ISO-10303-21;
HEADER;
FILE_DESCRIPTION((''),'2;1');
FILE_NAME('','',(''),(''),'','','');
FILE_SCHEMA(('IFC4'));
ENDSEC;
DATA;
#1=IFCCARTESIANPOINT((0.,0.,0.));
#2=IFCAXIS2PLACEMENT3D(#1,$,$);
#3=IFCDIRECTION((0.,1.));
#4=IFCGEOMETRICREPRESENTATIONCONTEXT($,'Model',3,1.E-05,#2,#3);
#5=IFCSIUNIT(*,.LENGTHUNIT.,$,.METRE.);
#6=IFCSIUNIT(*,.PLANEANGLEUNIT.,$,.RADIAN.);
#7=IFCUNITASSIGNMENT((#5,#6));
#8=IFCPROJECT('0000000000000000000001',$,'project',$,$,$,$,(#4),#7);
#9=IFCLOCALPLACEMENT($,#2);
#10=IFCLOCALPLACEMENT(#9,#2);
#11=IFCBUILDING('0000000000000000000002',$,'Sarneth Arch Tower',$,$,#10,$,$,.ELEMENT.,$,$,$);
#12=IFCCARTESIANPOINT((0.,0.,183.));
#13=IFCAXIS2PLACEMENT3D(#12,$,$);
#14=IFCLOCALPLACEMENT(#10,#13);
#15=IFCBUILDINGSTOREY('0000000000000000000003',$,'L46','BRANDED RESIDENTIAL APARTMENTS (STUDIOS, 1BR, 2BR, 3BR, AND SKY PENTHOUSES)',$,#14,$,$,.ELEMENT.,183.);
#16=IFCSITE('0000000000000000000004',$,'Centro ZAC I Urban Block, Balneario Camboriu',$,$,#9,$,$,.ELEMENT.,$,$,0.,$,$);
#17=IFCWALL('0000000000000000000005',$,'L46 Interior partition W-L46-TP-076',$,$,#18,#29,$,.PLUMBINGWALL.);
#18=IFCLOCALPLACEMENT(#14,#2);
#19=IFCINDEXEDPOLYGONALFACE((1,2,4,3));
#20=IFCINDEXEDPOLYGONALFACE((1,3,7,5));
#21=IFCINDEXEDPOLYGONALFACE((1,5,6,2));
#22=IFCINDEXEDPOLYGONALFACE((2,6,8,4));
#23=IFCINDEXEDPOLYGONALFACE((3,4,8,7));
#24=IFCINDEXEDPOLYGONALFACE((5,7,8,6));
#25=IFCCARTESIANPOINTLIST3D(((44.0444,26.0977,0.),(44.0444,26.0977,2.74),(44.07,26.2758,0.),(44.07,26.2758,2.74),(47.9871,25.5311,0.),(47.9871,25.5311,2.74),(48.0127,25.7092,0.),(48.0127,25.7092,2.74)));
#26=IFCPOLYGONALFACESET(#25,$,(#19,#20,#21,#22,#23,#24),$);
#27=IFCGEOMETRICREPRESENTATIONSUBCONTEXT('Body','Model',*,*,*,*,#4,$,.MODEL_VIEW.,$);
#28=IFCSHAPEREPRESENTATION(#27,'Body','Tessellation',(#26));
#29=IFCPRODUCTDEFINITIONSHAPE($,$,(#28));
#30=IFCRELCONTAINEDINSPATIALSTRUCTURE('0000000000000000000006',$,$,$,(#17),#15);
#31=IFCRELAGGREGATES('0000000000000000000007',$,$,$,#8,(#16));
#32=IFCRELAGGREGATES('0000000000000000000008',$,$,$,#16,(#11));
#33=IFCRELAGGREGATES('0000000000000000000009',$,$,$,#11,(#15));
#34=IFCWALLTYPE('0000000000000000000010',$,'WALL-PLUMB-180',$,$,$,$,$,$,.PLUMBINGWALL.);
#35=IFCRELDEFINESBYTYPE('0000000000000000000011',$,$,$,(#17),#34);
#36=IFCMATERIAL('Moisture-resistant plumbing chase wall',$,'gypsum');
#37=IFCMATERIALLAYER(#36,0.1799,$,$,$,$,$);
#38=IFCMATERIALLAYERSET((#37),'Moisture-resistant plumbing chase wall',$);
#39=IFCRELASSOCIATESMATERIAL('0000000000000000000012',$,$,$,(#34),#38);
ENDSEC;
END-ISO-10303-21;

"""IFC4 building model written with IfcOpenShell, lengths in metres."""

from ifc_helpers import new_model, si_unit, direction, frame, frame_2d, origin, place, context, subcontext, project, spatial, rectangle, extrude, material, layer, layer_set, type_object, element, save


model = new_model("IFC4")

# Units and contexts
model_context = context("Model", 3, precision=1e-05, world=origin(), true_north=direction((0.0, 1.0)))
body_context = subcontext(model_context, "Body", "Model", "MODEL_VIEW")
ifc_project = project(units=[si_unit("LENGTHUNIT", "METRE"), si_unit("PLANEANGLEUNIT", "RADIAN")], contexts=[model_context])

# Site, building, storey
site_placement = place(None, origin())
site = spatial("IfcSite", under=ifc_project, at=site_placement, Name="Centro ZAC I Urban Block, Balneario Camboriu", CompositionType="ELEMENT", RefElevation=0.0)
building_placement = place(site_placement, origin())
building = spatial("IfcBuilding", under=site, at=building_placement, Name="Sarneth Arch Tower", CompositionType="ELEMENT")
storey_placement = place(building_placement, frame((0.0, 0.0, 183.0)))
storey = spatial("IfcBuildingStorey", under=building, at=storey_placement, Name="L46", Description="BRANDED RESIDENTIAL APARTMENTS (STUDIOS, 1BR, 2BR, 3BR, AND SKY PENTHOUSES)", CompositionType="ELEMENT", Elevation=183.0)

# Wall
ifc_material_1 = material(Name="Moisture-resistant plumbing chase wall", Category="gypsum")
ifc_layer_1 = layer(ifc_material_1, 0.1799)
ifc_layer_set_1 = layer_set([ifc_layer_1], Name="Moisture-resistant plumbing chase wall")
wall_type_1 = type_object("IfcWallType", Name="WALL-PLUMB-180", PredefinedType="PLUMBINGWALL", material=ifc_layer_set_1)
wall_1_placement = place(storey_placement, frame((48.0, 25.6201, 0.0), z_axis=(0.0, 0.0, 1.0), x_axis=(-0.989829, 0.142262, 0.0)))
element("IfcWall", 1, at=wall_1_placement, inside=storey, type_object=wall_type_1, Name="L46 Interior partition W-L46-TP-076", PredefinedType="PLUMBINGWALL", context=body_context, shape_type="SweptSolid", body=[
    extrude(rectangle(XDim=3.9832, YDim=0.1799, at=frame_2d((1.9917, 0.0))), origin(), (0.0, 0.0, 1.0), 2.74),
])

save(model, "model.ifc")
